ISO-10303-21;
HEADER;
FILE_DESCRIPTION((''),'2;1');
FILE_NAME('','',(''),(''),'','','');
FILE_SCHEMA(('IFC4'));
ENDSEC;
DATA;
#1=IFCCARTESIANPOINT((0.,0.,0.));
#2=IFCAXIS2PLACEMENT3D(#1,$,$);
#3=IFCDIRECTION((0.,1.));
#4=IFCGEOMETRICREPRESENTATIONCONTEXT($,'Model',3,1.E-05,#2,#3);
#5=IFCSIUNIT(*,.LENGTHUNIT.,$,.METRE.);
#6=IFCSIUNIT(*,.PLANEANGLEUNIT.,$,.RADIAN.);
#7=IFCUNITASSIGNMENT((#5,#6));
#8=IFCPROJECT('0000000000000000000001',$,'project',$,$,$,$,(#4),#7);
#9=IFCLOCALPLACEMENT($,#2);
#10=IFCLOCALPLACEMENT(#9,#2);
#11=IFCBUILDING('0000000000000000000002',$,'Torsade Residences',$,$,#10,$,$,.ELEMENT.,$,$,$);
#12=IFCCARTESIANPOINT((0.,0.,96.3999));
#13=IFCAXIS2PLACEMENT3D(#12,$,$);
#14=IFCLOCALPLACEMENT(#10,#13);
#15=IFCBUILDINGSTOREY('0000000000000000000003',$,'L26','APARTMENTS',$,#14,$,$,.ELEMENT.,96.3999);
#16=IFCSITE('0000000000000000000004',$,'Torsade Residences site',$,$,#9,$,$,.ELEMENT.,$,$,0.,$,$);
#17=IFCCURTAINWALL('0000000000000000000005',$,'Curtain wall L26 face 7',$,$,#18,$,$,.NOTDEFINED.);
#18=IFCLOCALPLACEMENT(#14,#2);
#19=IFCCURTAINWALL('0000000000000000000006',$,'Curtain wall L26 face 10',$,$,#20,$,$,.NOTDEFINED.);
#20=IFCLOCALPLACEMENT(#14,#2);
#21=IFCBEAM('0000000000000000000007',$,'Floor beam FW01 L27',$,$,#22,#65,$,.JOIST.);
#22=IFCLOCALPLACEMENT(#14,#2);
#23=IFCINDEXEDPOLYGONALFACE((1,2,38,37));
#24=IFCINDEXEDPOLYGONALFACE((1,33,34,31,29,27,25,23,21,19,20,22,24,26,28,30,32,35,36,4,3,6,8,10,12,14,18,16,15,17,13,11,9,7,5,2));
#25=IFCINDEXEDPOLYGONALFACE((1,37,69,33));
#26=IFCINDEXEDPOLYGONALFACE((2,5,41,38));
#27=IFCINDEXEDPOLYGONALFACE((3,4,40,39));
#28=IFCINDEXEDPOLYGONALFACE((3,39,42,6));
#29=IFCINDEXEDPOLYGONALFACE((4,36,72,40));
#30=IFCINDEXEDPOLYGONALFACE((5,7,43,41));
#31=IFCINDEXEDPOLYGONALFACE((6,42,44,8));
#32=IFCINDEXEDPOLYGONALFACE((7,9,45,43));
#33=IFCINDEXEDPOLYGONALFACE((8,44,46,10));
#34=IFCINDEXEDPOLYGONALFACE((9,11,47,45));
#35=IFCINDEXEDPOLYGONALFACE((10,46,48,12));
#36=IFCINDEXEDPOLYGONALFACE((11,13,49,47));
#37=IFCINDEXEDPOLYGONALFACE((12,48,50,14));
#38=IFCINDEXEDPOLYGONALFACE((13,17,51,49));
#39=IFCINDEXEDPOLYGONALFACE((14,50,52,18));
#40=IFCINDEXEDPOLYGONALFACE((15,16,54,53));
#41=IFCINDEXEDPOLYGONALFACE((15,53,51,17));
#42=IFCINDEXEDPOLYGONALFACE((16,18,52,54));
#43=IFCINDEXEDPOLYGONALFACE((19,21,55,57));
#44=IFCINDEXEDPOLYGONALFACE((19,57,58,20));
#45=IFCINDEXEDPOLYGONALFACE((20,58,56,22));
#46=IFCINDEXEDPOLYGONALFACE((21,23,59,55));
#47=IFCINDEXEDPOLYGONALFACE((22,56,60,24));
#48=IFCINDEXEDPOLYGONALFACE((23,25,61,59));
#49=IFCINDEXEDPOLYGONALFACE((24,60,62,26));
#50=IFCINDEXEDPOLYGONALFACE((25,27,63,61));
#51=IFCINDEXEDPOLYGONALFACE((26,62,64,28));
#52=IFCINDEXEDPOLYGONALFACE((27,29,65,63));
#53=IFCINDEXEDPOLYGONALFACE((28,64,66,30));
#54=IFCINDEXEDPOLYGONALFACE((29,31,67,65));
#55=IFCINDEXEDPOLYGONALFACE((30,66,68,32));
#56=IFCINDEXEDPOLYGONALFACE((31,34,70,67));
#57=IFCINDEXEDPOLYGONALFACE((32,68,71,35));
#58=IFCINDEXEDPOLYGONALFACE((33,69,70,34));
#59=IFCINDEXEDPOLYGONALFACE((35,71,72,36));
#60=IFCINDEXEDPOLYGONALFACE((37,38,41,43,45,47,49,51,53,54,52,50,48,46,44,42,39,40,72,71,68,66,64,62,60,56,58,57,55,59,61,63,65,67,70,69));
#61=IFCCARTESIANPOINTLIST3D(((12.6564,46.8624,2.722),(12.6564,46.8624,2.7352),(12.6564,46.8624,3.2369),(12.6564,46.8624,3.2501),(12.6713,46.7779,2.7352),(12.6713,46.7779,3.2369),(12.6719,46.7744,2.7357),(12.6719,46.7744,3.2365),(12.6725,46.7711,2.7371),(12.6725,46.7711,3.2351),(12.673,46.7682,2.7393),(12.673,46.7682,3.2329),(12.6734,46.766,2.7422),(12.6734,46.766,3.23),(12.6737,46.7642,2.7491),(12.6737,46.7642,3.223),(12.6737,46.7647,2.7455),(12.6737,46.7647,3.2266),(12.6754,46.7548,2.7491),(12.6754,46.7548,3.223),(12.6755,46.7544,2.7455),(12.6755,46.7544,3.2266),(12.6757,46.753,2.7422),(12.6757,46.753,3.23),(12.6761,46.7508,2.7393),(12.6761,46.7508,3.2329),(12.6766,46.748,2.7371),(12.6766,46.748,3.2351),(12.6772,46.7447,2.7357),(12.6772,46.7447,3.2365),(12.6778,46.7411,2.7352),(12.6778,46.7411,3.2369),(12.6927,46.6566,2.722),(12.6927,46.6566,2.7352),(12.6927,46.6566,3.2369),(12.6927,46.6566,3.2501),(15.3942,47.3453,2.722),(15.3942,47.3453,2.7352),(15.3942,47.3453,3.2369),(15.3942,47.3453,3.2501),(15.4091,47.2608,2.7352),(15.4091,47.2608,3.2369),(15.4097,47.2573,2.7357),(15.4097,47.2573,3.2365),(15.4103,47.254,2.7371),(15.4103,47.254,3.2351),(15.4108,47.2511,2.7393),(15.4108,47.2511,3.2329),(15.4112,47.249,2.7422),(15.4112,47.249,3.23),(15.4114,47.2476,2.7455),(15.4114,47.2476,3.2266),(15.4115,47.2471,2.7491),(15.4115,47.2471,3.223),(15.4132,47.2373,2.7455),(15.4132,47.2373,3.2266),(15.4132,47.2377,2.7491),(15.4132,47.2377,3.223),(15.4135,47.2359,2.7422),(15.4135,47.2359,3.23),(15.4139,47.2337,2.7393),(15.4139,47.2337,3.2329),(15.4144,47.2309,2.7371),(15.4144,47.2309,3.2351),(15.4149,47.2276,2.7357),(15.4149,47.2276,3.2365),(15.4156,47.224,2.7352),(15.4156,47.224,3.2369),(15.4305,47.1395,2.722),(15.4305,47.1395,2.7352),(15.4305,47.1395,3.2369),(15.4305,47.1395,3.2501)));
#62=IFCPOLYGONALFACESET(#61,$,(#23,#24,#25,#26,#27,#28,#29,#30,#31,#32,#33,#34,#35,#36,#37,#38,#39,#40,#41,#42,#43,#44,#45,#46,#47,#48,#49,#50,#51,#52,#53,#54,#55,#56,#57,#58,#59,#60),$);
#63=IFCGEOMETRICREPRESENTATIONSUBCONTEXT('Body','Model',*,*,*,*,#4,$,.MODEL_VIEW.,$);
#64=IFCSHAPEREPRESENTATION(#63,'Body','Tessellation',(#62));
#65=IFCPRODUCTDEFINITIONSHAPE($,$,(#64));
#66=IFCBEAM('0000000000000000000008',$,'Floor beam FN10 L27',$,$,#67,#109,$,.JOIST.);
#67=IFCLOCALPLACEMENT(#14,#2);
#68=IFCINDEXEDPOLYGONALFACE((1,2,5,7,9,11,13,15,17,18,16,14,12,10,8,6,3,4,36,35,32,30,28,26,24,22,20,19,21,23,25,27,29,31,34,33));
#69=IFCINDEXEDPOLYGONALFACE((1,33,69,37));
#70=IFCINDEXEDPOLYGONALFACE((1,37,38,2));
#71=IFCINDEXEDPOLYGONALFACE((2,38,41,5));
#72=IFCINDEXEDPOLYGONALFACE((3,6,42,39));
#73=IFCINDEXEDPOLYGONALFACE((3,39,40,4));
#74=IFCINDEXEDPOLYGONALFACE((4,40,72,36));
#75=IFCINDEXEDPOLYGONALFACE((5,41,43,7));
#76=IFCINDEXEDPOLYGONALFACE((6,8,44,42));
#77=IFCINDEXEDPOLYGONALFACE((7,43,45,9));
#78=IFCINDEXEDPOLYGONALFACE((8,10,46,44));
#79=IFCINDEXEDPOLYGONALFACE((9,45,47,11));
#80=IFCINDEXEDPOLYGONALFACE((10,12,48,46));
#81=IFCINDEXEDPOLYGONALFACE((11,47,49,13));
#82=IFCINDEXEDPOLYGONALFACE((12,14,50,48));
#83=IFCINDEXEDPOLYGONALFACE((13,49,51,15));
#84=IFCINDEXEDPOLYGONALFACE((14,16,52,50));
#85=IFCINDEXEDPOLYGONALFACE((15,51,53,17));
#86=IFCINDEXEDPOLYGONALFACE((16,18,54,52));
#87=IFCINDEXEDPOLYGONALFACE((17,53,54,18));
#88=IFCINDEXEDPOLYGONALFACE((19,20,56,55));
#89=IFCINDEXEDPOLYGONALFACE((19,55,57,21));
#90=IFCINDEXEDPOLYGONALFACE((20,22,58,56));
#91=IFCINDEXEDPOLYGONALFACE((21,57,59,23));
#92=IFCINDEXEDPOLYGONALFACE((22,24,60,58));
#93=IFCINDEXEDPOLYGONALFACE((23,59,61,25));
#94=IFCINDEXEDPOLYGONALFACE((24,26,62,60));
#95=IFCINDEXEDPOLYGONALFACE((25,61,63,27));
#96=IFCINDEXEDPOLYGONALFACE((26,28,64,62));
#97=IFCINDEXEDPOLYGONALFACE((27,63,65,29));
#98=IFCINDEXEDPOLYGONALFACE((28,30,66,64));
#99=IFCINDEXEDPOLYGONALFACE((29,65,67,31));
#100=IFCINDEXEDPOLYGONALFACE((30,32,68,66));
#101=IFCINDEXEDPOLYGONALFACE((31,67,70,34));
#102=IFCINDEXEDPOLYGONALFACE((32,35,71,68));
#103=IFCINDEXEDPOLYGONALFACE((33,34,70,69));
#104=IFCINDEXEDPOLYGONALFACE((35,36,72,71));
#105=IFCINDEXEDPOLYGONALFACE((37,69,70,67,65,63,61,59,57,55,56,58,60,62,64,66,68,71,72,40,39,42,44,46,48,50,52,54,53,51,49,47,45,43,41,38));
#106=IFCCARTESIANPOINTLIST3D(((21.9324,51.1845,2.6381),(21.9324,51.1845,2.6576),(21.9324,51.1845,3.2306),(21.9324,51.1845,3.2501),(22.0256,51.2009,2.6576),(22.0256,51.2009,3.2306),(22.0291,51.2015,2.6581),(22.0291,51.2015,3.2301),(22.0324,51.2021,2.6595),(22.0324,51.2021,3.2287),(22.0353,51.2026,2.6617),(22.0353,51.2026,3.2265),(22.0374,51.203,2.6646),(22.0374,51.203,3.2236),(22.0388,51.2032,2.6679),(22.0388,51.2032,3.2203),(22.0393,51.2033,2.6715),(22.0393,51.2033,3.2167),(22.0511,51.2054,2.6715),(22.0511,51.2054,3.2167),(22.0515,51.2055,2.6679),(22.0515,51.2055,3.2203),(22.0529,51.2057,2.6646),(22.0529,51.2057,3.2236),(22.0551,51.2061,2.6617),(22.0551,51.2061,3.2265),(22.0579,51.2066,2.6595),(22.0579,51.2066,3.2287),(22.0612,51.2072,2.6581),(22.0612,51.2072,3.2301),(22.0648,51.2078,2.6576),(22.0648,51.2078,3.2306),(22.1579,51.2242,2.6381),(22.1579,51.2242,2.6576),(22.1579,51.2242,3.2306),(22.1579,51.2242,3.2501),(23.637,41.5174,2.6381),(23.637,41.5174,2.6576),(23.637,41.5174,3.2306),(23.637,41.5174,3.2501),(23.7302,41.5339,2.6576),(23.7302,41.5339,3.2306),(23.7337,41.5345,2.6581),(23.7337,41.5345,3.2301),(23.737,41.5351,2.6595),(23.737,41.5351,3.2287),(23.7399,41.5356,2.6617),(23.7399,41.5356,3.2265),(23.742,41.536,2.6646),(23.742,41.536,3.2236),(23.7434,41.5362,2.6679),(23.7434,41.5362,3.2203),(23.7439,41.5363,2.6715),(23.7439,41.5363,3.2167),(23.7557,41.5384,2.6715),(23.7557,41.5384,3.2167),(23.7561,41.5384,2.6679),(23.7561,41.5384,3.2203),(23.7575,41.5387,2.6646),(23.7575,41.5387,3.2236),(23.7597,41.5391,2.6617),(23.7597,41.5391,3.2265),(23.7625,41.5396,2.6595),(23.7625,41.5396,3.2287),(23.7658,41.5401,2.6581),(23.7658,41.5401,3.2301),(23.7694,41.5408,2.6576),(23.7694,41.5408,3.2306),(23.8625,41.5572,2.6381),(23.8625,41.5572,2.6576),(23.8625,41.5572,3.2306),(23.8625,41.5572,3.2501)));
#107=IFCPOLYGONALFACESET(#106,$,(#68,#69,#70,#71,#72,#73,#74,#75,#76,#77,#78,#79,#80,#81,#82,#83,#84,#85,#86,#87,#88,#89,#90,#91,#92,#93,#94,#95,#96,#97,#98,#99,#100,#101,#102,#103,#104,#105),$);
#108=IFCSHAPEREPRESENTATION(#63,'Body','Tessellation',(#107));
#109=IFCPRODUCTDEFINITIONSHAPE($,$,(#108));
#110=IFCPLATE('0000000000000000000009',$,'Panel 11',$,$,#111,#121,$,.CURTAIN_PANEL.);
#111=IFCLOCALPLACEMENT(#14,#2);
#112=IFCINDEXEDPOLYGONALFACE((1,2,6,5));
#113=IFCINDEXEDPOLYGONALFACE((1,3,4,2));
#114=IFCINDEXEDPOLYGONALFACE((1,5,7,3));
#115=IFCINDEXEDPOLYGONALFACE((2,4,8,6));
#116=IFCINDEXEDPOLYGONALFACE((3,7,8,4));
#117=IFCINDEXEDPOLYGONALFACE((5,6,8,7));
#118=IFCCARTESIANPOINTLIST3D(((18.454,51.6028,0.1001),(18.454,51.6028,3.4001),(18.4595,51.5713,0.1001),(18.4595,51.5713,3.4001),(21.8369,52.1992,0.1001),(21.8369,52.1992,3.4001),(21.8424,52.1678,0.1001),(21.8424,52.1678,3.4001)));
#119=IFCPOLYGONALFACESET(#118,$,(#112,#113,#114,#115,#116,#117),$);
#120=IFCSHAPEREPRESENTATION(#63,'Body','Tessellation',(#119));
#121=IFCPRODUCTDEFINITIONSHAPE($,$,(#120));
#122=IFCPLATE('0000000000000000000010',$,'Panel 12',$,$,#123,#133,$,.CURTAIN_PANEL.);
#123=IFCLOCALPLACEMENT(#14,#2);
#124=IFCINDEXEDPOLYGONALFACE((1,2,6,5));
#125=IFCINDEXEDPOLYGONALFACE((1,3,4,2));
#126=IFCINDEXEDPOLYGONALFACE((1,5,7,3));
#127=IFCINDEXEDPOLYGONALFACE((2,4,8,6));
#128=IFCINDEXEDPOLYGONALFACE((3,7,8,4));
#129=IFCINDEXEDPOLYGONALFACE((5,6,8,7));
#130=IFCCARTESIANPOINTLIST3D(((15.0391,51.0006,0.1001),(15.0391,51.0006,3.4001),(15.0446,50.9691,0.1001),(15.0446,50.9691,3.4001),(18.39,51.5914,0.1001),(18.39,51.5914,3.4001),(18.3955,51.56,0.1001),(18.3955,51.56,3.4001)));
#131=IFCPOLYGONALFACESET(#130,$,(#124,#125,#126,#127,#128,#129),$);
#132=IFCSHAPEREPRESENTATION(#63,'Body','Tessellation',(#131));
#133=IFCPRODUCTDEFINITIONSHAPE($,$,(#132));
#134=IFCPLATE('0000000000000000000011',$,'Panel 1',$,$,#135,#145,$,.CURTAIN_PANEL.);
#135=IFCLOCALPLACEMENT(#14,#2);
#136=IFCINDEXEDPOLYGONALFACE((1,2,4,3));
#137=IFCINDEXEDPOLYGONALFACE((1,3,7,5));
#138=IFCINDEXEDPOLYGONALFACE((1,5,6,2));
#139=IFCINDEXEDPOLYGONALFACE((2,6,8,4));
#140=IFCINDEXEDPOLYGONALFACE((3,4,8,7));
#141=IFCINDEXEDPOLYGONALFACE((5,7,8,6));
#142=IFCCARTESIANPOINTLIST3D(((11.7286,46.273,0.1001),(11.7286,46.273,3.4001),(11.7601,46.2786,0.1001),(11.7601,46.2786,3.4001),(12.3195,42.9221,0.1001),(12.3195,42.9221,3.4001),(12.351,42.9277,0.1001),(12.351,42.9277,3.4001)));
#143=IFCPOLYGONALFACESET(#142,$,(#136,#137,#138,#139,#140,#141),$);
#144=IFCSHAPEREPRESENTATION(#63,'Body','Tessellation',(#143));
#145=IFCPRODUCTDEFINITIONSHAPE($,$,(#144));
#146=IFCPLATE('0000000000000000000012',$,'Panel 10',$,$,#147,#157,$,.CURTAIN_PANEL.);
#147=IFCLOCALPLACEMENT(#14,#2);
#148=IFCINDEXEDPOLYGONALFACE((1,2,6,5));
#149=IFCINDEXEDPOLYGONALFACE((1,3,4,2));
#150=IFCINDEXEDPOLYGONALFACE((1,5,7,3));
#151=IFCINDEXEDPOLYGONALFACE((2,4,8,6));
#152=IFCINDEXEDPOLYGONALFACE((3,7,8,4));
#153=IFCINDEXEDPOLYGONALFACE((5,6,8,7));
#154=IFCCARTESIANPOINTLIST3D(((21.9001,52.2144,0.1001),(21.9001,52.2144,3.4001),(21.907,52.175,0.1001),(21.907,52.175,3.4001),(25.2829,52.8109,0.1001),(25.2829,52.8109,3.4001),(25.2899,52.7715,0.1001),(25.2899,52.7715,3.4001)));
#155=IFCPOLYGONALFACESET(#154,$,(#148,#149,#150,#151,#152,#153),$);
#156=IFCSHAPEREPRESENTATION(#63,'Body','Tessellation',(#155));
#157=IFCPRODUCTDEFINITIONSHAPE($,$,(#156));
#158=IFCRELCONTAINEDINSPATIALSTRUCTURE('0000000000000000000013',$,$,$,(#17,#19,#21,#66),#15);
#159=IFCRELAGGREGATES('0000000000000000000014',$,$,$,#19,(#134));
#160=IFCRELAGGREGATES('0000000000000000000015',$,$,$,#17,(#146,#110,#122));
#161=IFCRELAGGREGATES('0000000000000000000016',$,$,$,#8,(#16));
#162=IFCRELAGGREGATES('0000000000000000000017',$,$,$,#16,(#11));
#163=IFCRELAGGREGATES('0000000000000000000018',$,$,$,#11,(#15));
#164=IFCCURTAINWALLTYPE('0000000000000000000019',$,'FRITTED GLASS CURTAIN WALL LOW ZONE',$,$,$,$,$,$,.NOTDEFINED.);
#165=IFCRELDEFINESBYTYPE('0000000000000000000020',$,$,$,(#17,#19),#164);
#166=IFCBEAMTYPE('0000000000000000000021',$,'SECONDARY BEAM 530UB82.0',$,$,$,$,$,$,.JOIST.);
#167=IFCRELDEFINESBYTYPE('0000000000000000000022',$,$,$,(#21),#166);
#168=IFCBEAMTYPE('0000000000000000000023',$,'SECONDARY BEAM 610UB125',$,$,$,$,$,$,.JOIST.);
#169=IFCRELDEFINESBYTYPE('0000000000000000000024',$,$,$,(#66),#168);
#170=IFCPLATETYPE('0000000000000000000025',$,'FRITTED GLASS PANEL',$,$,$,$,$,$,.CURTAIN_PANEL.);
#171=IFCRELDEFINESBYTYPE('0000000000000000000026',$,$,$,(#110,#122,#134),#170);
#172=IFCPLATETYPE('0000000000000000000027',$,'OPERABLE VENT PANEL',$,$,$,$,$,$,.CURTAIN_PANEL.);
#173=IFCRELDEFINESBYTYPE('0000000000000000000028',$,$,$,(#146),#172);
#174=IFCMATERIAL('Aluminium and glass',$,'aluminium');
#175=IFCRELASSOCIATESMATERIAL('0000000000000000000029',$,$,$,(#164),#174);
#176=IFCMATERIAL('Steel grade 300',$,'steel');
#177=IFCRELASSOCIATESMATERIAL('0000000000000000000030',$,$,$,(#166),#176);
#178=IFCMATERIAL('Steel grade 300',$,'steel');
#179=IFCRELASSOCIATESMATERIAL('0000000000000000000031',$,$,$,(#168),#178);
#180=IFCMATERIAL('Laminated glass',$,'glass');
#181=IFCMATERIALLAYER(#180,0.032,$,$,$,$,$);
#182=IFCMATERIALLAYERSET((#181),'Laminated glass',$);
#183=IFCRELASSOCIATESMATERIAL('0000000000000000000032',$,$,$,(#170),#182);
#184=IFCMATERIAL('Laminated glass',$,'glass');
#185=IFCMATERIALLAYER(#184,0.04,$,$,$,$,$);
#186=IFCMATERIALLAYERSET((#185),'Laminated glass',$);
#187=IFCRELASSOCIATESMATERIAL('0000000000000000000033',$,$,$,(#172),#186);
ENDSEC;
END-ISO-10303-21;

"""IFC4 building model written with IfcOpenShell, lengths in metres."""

from ifc_helpers import new_model, si_unit, direction, frame, origin, origin_2d, place, context, subcontext, project, spatial, rectangle, i_section, extrude, material, layer, layer_set, material_profile, profile_set, type_object, element, aggregate, save


model = new_model("IFC4")

# Units and contexts
model_context = context("Model", 3, precision=1e-05, world=origin(), true_north=direction((0.0, 1.0)))
body_context = subcontext(model_context, "Body", "Model", "MODEL_VIEW")
ifc_project = project(units=[si_unit("LENGTHUNIT", "METRE"), si_unit("PLANEANGLEUNIT", "RADIAN")], contexts=[model_context])

# Site, building, storey
site_placement = place(None, origin())
site = spatial("IfcSite", under=ifc_project, at=site_placement, Name="Torsade Residences site", CompositionType="ELEMENT", RefElevation=0.0)
building_placement = place(site_placement, origin())
building = spatial("IfcBuilding", under=site, at=building_placement, Name="Torsade Residences", CompositionType="ELEMENT")
storey_placement = place(building_placement, frame((0.0, 0.0, 96.3999)))
storey = spatial("IfcBuildingStorey", under=building, at=storey_placement, Name="L26", Description="APARTMENTS", CompositionType="ELEMENT", Elevation=96.3999)

# Curtain wall
ifc_material_1 = material(Name="Aluminium and glass", Category="aluminium")
curtain_wall_type = type_object("IfcCurtainWallType", Name="FRITTED GLASS CURTAIN WALL LOW ZONE", PredefinedType="NOTDEFINED", material=ifc_material_1)
curtain_wall_1_placement = place(storey_placement, origin())
curtain_wall_1 = element("IfcCurtainWall", 1, at=curtain_wall_1_placement, inside=storey, type_object=curtain_wall_type, Name="Curtain wall L26 face 7", PredefinedType="NOTDEFINED")

# Curtain wall
curtain_wall_2_placement = place(storey_placement, origin())
curtain_wall_2 = element("IfcCurtainWall", 2, at=curtain_wall_2_placement, inside=storey, type_object=curtain_wall_type, Name="Curtain wall L26 face 10", PredefinedType="NOTDEFINED")

# Beams
ifc_material_2 = material(Name="Steel grade 300", Category="steel")
ifc_material_profile_1 = material_profile(ifc_material_2, i_section(OverallWidth=0.209, OverallDepth=0.5281, WebThickness=0.0095, FlangeThickness=0.0132, FilletRadius=0.0139, at=origin_2d()), Name="530UB82.0")
ifc_profile_set_1 = profile_set([ifc_material_profile_1], Name="Steel grade 300")
beam_type_1 = type_object("IfcBeamType", Name="SECONDARY BEAM 530UB82.0", PredefinedType="JOIST", material=ifc_profile_set_1)
beam_1_placement = place(storey_placement, frame((12.6746, 46.7595, 2.9861), z_axis=(0.984798, 0.173705, 0.0), x_axis=(-0.173705, 0.984798, 0.0)))
element("IfcBeam", 3, at=beam_1_placement, inside=storey, type_object=beam_type_1, Name="Floor beam FW01 L27", PredefinedType="JOIST", context=body_context, shape_type="SweptSolid", body=[
    extrude(i_section(OverallWidth=0.209, OverallDepth=0.5281, WebThickness=0.0095, FlangeThickness=0.0132, FilletRadius=0.0139, at=origin_2d()), origin(), (0.0, 0.0, 1.0), 2.78),
])
ifc_material_3 = material(Name="Steel grade 300", Category="steel")
ifc_material_profile_2 = material_profile(ifc_material_3, i_section(OverallWidth=0.229, OverallDepth=0.6121, WebThickness=0.012, FlangeThickness=0.0195, FilletRadius=0.0139, at=origin_2d()), Name="610UB125")
ifc_profile_set_2 = profile_set([ifc_material_profile_2], Name="Steel grade 300")
beam_type_2 = type_object("IfcBeamType", Name="SECONDARY BEAM 610UB125", PredefinedType="JOIST", material=ifc_profile_set_2)
beam_2_placement = place(storey_placement, frame((22.0452, 51.2043, 2.9441), z_axis=(0.173652, -0.984807, 0.0), x_axis=(0.984807, 0.173652, 0.0)))
element("IfcBeam", 4, at=beam_2_placement, inside=storey, type_object=beam_type_2, Name="Floor beam FN10 L27", PredefinedType="JOIST", context=body_context, shape_type="SweptSolid", body=[
    extrude(i_section(OverallWidth=0.229, OverallDepth=0.6121, WebThickness=0.012, FlangeThickness=0.0195, FilletRadius=0.0139, at=origin_2d()), origin(), (0.0, 0.0, 1.0), 9.8162),
])

# Plates
ifc_material_4 = material(Name="Laminated glass", Category="glass")
ifc_layer_1 = layer(ifc_material_4, 0.032)
ifc_layer_set_1 = layer_set([ifc_layer_1], Name="Laminated glass")
plate_type_1 = type_object("IfcPlateType", Name="FRITTED GLASS PANEL", PredefinedType="CURTAIN_PANEL", material=ifc_layer_set_1)
plate_1_placement = place(storey_placement, frame((20.1482, 51.8853, 0.1001), z_axis=(0.0, 0.0, 1.0), x_axis=(-0.984808, -0.173648, 0.0)))
plate_1 = element("IfcPlate", 5, at=plate_1_placement, type_object=plate_type_1, Name="Panel 11", PredefinedType="CURTAIN_PANEL", context=body_context, shape_type="SweptSolid", body=[
    extrude(rectangle(XDim=3.4351, YDim=0.032, at=origin_2d()), origin(), (0.0, 0.0, 1.0), 3.3),
])
plate_2_placement = place(storey_placement, frame((16.7173, 51.2803, 0.1001), z_axis=(0.0, 0.0, 1.0), x_axis=(-0.984808, -0.173648, 0.0)))
plate_2 = element("IfcPlate", 6, at=plate_2_placement, type_object=plate_type_1, Name="Panel 12", PredefinedType="CURTAIN_PANEL", context=body_context, shape_type="SweptSolid", body=[
    extrude(rectangle(XDim=3.4026, YDim=0.032, at=origin_2d()), origin(), (0.0, 0.0, 1.0), 3.3),
])
plate_3_placement = place(storey_placement, frame((12.0398, 44.6003, 0.1001), z_axis=(0.0, 0.0, 1.0), x_axis=(0.173648, -0.984808, 0.0)))
plate_3 = element("IfcPlate", 7, at=plate_3_placement, type_object=plate_type_1, Name="Panel 1", PredefinedType="CURTAIN_PANEL", context=body_context, shape_type="SweptSolid", body=[
    extrude(rectangle(XDim=3.4026, YDim=0.032, at=origin_2d()), origin(), (0.0, 0.0, 1.0), 3.3),
])
aggregate(curtain_wall_2, [plate_3])
ifc_material_5 = material(Name="Laminated glass", Category="glass")
ifc_layer_2 = layer(ifc_material_5, 0.04)
ifc_layer_set_2 = layer_set([ifc_layer_2], Name="Laminated glass")
plate_type_2 = type_object("IfcPlateType", Name="OPERABLE VENT PANEL", PredefinedType="CURTAIN_PANEL", material=ifc_layer_set_2)
plate_4_placement = place(storey_placement, frame((23.595, 52.4929, 0.1001), z_axis=(0.0, 0.0, 1.0), x_axis=(-0.984808, -0.173648, 0.0)))
plate_4 = element("IfcPlate", 8, at=plate_4_placement, type_object=plate_type_2, Name="Panel 10", PredefinedType="CURTAIN_PANEL", context=body_context, shape_type="SweptSolid", body=[
    extrude(rectangle(XDim=3.4351, YDim=0.04, at=origin_2d()), origin(), (0.0, 0.0, 1.0), 3.3),
])
aggregate(curtain_wall_1, [plate_4, plate_1, plate_2])

save(model, "model.ifc")
